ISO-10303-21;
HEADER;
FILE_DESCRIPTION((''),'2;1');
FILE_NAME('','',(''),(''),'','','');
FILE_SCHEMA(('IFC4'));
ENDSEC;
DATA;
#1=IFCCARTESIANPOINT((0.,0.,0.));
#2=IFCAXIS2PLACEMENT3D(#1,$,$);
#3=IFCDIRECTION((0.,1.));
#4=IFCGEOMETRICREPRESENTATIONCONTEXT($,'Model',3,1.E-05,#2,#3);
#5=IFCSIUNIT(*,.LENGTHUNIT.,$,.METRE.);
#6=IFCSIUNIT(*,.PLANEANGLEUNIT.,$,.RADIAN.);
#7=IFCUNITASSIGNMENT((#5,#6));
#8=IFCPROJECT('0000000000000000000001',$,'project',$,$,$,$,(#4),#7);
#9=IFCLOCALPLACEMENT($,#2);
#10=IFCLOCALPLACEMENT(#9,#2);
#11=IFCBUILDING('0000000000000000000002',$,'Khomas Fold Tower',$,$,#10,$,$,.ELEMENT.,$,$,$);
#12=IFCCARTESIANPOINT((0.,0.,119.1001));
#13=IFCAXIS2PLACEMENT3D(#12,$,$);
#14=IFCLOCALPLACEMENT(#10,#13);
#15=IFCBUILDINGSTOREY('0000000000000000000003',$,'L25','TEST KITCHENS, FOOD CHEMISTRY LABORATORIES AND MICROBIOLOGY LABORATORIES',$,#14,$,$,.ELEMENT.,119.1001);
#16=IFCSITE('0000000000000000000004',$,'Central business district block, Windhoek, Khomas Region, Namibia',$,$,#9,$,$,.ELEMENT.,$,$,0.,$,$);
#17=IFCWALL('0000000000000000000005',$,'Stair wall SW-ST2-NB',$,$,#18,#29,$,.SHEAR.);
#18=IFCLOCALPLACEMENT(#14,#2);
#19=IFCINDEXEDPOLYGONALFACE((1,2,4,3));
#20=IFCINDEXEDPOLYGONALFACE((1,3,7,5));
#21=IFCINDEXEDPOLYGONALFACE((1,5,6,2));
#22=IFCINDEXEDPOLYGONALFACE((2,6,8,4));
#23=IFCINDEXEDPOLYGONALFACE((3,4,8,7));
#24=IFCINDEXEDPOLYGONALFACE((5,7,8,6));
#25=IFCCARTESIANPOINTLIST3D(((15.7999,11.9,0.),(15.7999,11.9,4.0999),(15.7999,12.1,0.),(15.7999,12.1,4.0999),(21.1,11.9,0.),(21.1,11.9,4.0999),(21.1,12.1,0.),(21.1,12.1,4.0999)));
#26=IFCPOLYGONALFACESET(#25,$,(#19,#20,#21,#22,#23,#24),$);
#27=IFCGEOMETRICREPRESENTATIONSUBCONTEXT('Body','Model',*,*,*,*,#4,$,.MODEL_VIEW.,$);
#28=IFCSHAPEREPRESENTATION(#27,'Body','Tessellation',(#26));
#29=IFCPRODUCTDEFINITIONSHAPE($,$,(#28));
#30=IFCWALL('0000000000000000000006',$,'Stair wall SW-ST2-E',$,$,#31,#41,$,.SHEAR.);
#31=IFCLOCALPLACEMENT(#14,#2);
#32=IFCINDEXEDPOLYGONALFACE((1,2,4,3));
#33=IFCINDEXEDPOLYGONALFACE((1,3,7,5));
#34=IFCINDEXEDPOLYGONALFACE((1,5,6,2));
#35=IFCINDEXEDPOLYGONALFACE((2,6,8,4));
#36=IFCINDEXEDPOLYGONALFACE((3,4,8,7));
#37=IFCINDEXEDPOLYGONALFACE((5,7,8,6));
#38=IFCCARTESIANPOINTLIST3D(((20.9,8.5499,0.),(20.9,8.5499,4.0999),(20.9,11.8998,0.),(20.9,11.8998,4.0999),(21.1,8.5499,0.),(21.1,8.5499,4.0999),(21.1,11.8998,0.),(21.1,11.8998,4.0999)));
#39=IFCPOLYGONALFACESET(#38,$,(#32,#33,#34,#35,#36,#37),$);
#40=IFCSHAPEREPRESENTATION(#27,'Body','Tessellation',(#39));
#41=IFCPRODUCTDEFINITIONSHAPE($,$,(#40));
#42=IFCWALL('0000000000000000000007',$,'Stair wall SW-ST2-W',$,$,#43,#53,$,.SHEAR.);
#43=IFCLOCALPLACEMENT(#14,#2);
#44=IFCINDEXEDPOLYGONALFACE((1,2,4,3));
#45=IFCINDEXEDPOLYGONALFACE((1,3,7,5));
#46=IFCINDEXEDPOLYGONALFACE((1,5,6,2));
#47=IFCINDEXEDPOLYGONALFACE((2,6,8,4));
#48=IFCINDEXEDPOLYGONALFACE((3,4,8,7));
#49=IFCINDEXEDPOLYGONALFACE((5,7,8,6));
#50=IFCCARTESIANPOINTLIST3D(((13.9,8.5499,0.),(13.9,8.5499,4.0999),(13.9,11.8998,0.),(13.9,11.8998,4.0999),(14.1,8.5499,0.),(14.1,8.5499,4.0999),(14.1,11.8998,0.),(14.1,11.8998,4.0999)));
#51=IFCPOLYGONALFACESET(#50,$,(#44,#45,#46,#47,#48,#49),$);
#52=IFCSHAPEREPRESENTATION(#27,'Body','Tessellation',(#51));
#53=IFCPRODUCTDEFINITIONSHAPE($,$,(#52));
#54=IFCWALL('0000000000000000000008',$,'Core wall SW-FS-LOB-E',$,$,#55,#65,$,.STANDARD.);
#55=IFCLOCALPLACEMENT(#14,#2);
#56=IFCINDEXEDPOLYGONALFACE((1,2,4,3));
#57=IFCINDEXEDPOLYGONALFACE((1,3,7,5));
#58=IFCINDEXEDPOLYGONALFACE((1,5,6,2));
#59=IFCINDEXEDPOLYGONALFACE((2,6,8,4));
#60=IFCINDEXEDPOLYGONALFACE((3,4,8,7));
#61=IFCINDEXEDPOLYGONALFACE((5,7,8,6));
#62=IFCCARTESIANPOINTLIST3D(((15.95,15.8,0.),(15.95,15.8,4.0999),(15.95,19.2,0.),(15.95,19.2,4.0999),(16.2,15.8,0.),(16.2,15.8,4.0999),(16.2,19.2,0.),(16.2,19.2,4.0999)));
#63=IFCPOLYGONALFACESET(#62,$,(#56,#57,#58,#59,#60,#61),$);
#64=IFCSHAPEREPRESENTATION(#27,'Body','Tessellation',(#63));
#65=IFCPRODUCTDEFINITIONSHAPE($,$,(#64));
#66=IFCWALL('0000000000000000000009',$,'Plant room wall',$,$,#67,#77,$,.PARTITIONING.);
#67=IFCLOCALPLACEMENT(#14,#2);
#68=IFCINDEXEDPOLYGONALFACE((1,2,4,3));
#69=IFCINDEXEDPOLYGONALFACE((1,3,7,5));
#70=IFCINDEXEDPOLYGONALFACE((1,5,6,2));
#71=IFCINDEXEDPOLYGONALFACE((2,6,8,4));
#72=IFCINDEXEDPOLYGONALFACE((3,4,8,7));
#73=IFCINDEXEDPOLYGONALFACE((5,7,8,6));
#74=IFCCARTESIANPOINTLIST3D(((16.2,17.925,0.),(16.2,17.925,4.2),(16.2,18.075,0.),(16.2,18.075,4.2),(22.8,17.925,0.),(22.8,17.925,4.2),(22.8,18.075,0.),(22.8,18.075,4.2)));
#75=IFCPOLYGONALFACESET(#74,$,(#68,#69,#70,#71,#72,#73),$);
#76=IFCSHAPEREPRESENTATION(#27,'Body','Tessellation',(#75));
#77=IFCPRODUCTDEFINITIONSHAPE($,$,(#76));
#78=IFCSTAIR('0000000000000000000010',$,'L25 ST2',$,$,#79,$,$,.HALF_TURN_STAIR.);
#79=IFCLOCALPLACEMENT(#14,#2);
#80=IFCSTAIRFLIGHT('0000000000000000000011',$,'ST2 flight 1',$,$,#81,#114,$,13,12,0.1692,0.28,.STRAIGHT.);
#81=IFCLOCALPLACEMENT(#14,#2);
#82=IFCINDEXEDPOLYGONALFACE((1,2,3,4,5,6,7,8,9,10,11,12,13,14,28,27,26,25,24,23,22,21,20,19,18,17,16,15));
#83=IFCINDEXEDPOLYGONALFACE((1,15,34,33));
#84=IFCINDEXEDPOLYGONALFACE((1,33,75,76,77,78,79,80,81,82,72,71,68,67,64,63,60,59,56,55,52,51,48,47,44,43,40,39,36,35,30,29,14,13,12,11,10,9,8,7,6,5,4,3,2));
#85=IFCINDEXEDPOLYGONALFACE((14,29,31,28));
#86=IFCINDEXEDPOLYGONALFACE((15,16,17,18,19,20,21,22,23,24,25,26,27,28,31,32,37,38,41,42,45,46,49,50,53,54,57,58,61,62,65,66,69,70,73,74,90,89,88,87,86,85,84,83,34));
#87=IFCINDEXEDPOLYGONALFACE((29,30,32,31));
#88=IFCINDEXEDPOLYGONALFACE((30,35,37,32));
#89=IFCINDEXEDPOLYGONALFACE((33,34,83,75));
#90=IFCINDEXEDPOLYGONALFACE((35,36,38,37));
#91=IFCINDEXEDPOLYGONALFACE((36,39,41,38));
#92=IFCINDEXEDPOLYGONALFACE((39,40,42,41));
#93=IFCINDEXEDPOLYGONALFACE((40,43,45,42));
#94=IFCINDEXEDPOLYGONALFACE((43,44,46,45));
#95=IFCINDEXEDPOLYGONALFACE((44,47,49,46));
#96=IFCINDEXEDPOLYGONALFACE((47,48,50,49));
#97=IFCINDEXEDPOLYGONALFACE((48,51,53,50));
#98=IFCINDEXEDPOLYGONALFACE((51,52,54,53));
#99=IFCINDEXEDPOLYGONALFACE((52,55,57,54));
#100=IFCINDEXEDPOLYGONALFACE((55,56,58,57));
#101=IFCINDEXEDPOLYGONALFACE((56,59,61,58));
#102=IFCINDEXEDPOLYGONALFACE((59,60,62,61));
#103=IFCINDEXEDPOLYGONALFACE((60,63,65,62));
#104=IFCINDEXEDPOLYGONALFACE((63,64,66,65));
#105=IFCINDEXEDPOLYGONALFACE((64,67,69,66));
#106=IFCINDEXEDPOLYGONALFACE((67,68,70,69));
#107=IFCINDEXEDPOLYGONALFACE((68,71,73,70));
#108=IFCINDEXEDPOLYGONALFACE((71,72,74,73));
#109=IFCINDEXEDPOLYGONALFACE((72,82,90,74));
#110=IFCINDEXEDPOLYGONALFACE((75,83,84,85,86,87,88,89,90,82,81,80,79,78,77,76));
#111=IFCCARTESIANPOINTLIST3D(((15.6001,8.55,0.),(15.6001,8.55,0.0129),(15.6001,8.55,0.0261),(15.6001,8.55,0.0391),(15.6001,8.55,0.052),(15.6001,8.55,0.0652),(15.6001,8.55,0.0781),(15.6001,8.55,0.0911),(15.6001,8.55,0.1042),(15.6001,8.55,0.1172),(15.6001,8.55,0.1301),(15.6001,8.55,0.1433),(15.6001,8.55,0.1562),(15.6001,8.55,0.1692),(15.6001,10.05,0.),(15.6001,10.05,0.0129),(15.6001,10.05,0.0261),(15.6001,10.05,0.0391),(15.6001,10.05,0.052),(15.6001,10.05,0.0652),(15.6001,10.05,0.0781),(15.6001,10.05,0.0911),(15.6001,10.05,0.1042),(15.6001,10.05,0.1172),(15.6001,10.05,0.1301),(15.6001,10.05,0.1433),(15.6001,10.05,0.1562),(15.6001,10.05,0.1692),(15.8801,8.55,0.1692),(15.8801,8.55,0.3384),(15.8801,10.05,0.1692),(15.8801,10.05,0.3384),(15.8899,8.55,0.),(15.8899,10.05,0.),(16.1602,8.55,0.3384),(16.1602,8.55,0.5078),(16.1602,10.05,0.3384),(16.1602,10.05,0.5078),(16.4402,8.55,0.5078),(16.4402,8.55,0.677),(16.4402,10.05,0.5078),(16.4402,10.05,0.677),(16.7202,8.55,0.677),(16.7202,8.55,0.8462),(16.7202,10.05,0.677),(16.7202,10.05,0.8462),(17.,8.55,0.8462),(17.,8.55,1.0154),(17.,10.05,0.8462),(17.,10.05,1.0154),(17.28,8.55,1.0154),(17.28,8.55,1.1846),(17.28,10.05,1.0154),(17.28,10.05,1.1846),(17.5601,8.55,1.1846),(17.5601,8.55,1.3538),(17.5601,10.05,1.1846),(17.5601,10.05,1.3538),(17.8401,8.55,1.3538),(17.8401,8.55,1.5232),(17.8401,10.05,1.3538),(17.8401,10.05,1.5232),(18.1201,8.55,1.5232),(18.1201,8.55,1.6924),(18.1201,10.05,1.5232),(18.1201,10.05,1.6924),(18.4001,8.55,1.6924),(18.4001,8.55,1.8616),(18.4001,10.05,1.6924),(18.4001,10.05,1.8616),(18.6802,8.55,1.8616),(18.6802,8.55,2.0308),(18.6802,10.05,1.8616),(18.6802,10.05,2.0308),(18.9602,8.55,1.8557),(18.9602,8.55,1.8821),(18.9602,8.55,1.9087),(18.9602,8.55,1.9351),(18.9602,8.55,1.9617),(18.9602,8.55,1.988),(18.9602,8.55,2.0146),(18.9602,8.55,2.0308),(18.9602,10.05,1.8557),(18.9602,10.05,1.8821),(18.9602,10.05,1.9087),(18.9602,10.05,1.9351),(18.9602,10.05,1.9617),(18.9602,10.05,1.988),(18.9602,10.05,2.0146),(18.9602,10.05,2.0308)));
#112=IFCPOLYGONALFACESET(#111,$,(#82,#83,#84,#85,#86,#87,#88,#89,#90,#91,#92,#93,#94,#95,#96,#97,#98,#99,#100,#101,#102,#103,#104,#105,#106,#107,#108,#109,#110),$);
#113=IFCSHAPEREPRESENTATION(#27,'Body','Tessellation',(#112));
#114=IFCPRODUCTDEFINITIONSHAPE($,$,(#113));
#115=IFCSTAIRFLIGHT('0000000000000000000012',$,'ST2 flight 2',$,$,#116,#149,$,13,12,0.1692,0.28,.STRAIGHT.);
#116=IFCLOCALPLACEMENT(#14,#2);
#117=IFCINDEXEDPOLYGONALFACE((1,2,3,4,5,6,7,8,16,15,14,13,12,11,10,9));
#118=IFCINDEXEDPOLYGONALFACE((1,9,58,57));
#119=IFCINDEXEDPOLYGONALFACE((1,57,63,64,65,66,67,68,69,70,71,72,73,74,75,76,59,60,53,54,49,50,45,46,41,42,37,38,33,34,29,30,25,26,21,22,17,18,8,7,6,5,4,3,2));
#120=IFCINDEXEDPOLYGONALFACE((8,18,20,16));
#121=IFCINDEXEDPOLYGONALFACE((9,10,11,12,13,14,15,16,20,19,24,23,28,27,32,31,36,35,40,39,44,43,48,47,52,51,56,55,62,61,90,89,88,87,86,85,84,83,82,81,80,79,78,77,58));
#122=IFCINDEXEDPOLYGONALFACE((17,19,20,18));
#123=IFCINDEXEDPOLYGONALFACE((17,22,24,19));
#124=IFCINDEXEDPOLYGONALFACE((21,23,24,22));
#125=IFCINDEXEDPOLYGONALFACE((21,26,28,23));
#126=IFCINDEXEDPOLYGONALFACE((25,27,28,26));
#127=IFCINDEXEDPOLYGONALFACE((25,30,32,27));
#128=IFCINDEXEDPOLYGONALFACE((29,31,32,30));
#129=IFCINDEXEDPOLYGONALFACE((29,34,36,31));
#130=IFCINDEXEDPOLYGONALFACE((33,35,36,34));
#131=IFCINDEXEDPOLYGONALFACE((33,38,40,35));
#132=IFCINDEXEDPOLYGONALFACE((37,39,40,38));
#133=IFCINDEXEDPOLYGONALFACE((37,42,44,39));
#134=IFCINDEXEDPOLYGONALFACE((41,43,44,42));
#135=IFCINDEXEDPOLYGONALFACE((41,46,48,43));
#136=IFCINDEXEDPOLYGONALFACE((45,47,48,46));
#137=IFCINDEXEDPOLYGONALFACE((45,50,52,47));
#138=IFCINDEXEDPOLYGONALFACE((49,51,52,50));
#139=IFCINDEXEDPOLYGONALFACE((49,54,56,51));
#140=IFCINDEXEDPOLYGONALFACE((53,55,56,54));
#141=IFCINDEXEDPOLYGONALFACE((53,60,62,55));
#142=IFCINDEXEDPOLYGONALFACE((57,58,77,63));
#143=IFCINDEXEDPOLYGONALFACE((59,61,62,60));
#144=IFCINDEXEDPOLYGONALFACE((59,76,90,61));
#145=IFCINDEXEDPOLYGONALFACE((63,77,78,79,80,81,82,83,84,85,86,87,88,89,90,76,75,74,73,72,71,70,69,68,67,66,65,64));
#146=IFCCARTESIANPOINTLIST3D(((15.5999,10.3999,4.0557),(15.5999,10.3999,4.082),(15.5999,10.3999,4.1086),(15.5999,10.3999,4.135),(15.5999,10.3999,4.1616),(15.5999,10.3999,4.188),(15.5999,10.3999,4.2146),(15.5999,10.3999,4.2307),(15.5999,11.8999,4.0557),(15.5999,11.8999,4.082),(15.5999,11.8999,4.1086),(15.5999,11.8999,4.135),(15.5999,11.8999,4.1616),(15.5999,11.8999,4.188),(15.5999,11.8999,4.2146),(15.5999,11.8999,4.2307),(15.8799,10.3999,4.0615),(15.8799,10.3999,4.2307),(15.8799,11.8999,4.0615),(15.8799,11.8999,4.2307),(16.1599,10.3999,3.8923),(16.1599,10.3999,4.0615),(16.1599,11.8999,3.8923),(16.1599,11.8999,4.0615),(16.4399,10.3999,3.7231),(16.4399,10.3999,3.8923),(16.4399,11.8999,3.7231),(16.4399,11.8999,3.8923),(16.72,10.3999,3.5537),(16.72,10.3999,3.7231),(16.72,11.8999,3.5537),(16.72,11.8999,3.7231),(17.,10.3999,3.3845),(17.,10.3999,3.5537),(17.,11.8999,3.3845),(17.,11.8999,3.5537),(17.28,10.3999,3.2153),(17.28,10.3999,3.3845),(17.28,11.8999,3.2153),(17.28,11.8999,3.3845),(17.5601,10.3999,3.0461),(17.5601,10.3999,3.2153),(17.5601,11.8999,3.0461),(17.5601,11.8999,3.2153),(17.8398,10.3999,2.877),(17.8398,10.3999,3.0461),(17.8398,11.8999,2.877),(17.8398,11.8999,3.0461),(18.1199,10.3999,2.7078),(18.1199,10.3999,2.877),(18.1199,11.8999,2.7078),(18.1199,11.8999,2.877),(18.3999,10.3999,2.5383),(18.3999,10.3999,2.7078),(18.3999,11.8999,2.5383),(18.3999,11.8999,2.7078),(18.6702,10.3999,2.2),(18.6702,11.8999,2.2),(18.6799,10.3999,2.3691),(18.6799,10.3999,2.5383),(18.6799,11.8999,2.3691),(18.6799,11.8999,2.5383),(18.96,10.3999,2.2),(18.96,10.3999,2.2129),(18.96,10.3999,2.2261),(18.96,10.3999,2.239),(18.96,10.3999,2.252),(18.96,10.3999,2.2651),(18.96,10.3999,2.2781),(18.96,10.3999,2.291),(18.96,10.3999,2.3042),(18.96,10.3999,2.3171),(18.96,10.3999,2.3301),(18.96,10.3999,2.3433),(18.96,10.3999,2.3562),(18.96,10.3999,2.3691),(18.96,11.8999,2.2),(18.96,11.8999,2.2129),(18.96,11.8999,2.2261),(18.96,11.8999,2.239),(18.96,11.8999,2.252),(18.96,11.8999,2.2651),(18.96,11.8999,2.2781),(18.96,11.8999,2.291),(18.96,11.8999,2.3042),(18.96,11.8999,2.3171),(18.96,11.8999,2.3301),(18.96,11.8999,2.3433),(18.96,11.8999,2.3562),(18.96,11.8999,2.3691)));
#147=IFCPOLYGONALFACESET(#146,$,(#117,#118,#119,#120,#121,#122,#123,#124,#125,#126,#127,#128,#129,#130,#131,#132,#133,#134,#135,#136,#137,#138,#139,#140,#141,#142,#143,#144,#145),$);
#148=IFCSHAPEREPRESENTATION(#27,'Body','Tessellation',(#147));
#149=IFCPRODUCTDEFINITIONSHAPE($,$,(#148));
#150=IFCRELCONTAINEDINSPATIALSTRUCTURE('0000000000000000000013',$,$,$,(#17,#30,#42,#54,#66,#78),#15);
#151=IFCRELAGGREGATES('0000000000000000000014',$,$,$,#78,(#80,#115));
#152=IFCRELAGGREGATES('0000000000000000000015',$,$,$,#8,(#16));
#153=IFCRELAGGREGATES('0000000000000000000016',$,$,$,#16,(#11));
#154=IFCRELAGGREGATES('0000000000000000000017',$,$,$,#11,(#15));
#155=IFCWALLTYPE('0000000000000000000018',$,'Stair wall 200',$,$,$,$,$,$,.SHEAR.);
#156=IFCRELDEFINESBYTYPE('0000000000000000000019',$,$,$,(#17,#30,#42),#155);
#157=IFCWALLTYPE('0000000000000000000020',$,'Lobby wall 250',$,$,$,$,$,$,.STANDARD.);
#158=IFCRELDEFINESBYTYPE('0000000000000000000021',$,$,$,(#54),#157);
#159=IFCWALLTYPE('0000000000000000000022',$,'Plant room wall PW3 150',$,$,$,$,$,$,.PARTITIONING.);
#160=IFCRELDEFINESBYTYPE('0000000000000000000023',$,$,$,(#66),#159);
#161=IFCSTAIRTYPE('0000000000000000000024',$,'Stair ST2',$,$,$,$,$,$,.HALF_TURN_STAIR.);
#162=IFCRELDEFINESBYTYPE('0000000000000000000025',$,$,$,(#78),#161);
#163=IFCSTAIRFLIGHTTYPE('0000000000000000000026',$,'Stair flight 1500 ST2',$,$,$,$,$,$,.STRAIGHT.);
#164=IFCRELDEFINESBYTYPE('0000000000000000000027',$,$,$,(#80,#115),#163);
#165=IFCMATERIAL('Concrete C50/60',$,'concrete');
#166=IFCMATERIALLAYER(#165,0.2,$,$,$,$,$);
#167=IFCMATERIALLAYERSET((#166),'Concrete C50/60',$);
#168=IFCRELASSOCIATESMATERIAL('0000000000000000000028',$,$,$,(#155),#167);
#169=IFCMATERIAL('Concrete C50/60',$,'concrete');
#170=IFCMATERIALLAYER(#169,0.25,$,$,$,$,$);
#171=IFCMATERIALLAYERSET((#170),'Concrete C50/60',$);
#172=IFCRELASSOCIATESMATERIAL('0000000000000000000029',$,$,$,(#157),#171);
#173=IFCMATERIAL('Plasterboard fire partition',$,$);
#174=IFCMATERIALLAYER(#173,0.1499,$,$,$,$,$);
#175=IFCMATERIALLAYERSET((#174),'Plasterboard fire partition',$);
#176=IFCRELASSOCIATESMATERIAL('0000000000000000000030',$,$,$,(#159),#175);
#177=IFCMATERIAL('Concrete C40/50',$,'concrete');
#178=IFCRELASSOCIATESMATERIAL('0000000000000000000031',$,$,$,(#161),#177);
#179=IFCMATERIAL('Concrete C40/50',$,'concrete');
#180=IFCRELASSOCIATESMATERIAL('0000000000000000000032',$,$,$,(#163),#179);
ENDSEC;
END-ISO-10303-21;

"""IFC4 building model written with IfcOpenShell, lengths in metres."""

from ifc_helpers import new_model, si_unit, direction, frame, frame_2d, origin, place, context, subcontext, project, spatial, polyline, rectangle, outline, extrude, source, transform, mapped, material, layer, layer_set, type_object, element, aggregate, save


model = new_model("IFC4")

# Units and contexts
model_context = context("Model", 3, precision=1e-05, world=origin(), true_north=direction((0.0, 1.0)))
body_context = subcontext(model_context, "Body", "Model", "MODEL_VIEW")
ifc_project = project(units=[si_unit("LENGTHUNIT", "METRE"), si_unit("PLANEANGLEUNIT", "RADIAN")], contexts=[model_context])

# Site, building, storey
site_placement = place(None, origin())
site = spatial("IfcSite", under=ifc_project, at=site_placement, Name="Central business district block, Windhoek, Khomas Region, Namibia", CompositionType="ELEMENT", RefElevation=0.0)
building_placement = place(site_placement, origin())
building = spatial("IfcBuilding", under=site, at=building_placement, Name="Khomas Fold Tower", CompositionType="ELEMENT")
storey_placement = place(building_placement, frame((0.0, 0.0, 119.1001)))
storey = spatial("IfcBuildingStorey", under=building, at=storey_placement, Name="L25", Description="TEST KITCHENS, FOOD CHEMISTRY LABORATORIES AND MICROBIOLOGY LABORATORIES", CompositionType="ELEMENT", Elevation=119.1001)

# Walls
ifc_material_1 = material(Name="Concrete C50/60", Category="concrete")
ifc_layer_1 = layer(ifc_material_1, 0.2)
ifc_layer_set_1 = layer_set([ifc_layer_1], Name="Concrete C50/60")
wall_type_1 = type_object("IfcWallType", Name="Stair wall 200", PredefinedType="SHEAR", material=ifc_layer_set_1)
shared_shape_1 = source(origin(), body_context, "Body", "SweptSolid", [
    extrude(rectangle(XDim=5.3, YDim=0.2, at=frame_2d((2.6499, 0.0))), origin(), (0.0, 0.0, 1.0), 4.0999),
])
wall_1_placement = place(storey_placement, frame((15.8, 12.0, 0.0), z_axis=(0.0, 0.0, 1.0), x_axis=(1.0, 0.0, 0.0)))
element("IfcWall", 1, at=wall_1_placement, inside=storey, type_object=wall_type_1, Name="Stair wall SW-ST2-NB", PredefinedType="SHEAR", context=body_context, shape_type="MappedRepresentation", body=[
    mapped(shared_shape_1, transform((0.0, 0.0, 0.0))),
])
shared_shape_2 = source(origin(), body_context, "Body", "SweptSolid", [
    extrude(rectangle(XDim=3.3499, YDim=0.2, at=frame_2d((1.6748, 0.0))), origin(), (0.0, 0.0, 1.0), 4.0999),
])
for number, where, z_axis, x_axis, name in (
    (2, (21.0, 8.55, 0.0), (0.0, 0.0, 1.0), (0.0, 1.0, 0.0), "Stair wall SW-ST2-E"),
    (3, (14.0, 8.55, 0.0), (0.0, 0.0, 1.0), (0.0, 1.0, 0.0), "Stair wall SW-ST2-W"),
):
    element("IfcWall", number, at=place(storey_placement, frame(where, z_axis=z_axis, x_axis=x_axis)), inside=storey, type_object=wall_type_1, Name=name, PredefinedType="SHEAR", context=body_context, shape_type="MappedRepresentation", body=[
        mapped(shared_shape_2, transform((0.0, 0.0, 0.0))),
    ])
ifc_material_2 = material(Name="Concrete C50/60", Category="concrete")
ifc_layer_2 = layer(ifc_material_2, 0.25)
ifc_layer_set_2 = layer_set([ifc_layer_2], Name="Concrete C50/60")
wall_type_2 = type_object("IfcWallType", Name="Lobby wall 250", PredefinedType="STANDARD", material=ifc_layer_set_2)
shared_shape_3 = source(origin(), body_context, "Body", "SweptSolid", [
    extrude(rectangle(XDim=3.3999, YDim=0.25, at=frame_2d((1.7, 0.0))), origin(), (0.0, 0.0, 1.0), 4.0999),
])
wall_2_placement = place(storey_placement, frame((16.075, 15.8, 0.0), z_axis=(0.0, 0.0, 1.0), x_axis=(0.0, 1.0, 0.0)))
element("IfcWall", 4, at=wall_2_placement, inside=storey, type_object=wall_type_2, Name="Core wall SW-FS-LOB-E", PredefinedType="STANDARD", context=body_context, shape_type="MappedRepresentation", body=[
    mapped(shared_shape_3, transform((0.0, 0.0, 0.0))),
])
ifc_material_3 = material(Name="Plasterboard fire partition")
ifc_layer_3 = layer(ifc_material_3, 0.1499)
ifc_layer_set_3 = layer_set([ifc_layer_3], Name="Plasterboard fire partition")
wall_type_3 = type_object("IfcWallType", Name="Plant room wall PW3 150", PredefinedType="PARTITIONING", material=ifc_layer_set_3)
shared_shape_4 = source(origin(), body_context, "Body", "SweptSolid", [
    extrude(rectangle(XDim=6.6001, YDim=0.1499, at=frame_2d((3.3, 0.0))), origin(), (0.0, 0.0, 1.0), 4.2),
])
wall_3_placement = place(storey_placement, frame((16.2, 18.0, 0.0), z_axis=(0.0, 0.0, 1.0), x_axis=(1.0, 0.0, 0.0)))
element("IfcWall", 5, at=wall_3_placement, inside=storey, type_object=wall_type_3, Name="Plant room wall", PredefinedType="PARTITIONING", context=body_context, shape_type="MappedRepresentation", body=[
    mapped(shared_shape_4, transform((0.0, 0.0, 0.0))),
])

# Stair, stair flights
ifc_material_4 = material(Name="Concrete C40/50", Category="concrete")
stair_type = type_object("IfcStairType", Name="Stair ST2", PredefinedType="HALF_TURN_STAIR", material=ifc_material_4)
stair_placement = place(storey_placement, origin())
stair = element("IfcStair", 6, at=stair_placement, inside=storey, type_object=stair_type, Name="L25 ST2", PredefinedType="HALF_TURN_STAIR")
ifc_material_5 = material(Name="Concrete C40/50", Category="concrete")
stair_flight_type = type_object("IfcStairFlightType", Name="Stair flight 1500 ST2", PredefinedType="STRAIGHT", material=ifc_material_5)
shared_shape_5 = source(origin(), body_context, "Body", "SweptSolid", [
    extrude(outline(polyline([(0.0, 0.0), (0.0, 0.0129), (0.0, 0.0261), (0.0, 0.0391), (0.0, 0.052), (0.0, 0.0652), (0.0, 0.0781), (0.0, 0.0911), (0.0, 0.1042), (0.0, 0.1172), (0.0, 0.1301), (0.0, 0.1433), (0.0, 0.1562), (0.0, 0.1692), (0.28, 0.1692), (0.28, 0.3384), (0.5601, 0.3384), (0.5601, 0.5078), (0.8401, 0.5078), (0.8401, 0.677), (1.1201, 0.677), (1.1201, 0.8462), (1.3999, 0.8462), (1.3999, 1.0154), (1.6799, 1.0154), (1.6799, 1.1846), (1.96, 1.1846), (1.96, 1.3538), (2.24, 1.3538), (2.24, 1.5232), (2.52, 1.5232), (2.52, 1.6924), (2.8, 1.6924), (2.8, 1.8616), (3.0801, 1.8616), (3.0801, 2.0308), (3.3601, 2.0308), (3.3601, 2.2), (3.3601, 2.1736), (3.3601, 2.147), (3.3601, 2.1206), (3.3601, 2.094), (3.3601, 2.0676), (3.3601, 2.041), (3.3601, 2.0146), (3.3601, 1.988), (3.3601, 1.9617), (3.3601, 1.9351), (3.3601, 1.9087), (3.3601, 1.8821), (3.3601, 1.8557), (0.2898, 0.0), (0.0, 0.0)])), frame((0.0, 0.75, 0.0), z_axis=(0.0, -1.0, 0.0), x_axis=(1.0, 0.0, 0.0)), (0.0, 0.0, 1.0), 1.5),
])
stair_flight_1_placement = place(storey_placement, frame((15.6001, 9.3, 0.0), z_axis=(0.0, 0.0, 1.0), x_axis=(1.0, 0.0, 0.0)))
stair_flight_1 = element("IfcStairFlight", 7, at=stair_flight_1_placement, type_object=stair_flight_type, Name="ST2 flight 1", NumberOfRisers=13, NumberOfTreads=12, PredefinedType="STRAIGHT", RiserHeight=0.1692, TreadLength=0.28, context=body_context, shape_type="MappedRepresentation", body=[
    mapped(shared_shape_5, transform((0.0, 0.0, 0.0))),
])
stair_flight_2_placement = place(storey_placement, frame((18.96, 11.1499, 2.2), z_axis=(0.0, 0.0, 1.0), x_axis=(-1.0, 0.0, 0.0)))
stair_flight_2 = element("IfcStairFlight", 8, at=stair_flight_2_placement, type_object=stair_flight_type, Name="ST2 flight 2", NumberOfRisers=13, NumberOfTreads=12, PredefinedType="STRAIGHT", RiserHeight=0.1692, TreadLength=0.28, context=body_context, shape_type="MappedRepresentation", body=[
    mapped(shared_shape_5, transform((0.0, 0.0, 0.0))),
])
aggregate(stair, [stair_flight_1, stair_flight_2])

save(model, "model.ifc")
